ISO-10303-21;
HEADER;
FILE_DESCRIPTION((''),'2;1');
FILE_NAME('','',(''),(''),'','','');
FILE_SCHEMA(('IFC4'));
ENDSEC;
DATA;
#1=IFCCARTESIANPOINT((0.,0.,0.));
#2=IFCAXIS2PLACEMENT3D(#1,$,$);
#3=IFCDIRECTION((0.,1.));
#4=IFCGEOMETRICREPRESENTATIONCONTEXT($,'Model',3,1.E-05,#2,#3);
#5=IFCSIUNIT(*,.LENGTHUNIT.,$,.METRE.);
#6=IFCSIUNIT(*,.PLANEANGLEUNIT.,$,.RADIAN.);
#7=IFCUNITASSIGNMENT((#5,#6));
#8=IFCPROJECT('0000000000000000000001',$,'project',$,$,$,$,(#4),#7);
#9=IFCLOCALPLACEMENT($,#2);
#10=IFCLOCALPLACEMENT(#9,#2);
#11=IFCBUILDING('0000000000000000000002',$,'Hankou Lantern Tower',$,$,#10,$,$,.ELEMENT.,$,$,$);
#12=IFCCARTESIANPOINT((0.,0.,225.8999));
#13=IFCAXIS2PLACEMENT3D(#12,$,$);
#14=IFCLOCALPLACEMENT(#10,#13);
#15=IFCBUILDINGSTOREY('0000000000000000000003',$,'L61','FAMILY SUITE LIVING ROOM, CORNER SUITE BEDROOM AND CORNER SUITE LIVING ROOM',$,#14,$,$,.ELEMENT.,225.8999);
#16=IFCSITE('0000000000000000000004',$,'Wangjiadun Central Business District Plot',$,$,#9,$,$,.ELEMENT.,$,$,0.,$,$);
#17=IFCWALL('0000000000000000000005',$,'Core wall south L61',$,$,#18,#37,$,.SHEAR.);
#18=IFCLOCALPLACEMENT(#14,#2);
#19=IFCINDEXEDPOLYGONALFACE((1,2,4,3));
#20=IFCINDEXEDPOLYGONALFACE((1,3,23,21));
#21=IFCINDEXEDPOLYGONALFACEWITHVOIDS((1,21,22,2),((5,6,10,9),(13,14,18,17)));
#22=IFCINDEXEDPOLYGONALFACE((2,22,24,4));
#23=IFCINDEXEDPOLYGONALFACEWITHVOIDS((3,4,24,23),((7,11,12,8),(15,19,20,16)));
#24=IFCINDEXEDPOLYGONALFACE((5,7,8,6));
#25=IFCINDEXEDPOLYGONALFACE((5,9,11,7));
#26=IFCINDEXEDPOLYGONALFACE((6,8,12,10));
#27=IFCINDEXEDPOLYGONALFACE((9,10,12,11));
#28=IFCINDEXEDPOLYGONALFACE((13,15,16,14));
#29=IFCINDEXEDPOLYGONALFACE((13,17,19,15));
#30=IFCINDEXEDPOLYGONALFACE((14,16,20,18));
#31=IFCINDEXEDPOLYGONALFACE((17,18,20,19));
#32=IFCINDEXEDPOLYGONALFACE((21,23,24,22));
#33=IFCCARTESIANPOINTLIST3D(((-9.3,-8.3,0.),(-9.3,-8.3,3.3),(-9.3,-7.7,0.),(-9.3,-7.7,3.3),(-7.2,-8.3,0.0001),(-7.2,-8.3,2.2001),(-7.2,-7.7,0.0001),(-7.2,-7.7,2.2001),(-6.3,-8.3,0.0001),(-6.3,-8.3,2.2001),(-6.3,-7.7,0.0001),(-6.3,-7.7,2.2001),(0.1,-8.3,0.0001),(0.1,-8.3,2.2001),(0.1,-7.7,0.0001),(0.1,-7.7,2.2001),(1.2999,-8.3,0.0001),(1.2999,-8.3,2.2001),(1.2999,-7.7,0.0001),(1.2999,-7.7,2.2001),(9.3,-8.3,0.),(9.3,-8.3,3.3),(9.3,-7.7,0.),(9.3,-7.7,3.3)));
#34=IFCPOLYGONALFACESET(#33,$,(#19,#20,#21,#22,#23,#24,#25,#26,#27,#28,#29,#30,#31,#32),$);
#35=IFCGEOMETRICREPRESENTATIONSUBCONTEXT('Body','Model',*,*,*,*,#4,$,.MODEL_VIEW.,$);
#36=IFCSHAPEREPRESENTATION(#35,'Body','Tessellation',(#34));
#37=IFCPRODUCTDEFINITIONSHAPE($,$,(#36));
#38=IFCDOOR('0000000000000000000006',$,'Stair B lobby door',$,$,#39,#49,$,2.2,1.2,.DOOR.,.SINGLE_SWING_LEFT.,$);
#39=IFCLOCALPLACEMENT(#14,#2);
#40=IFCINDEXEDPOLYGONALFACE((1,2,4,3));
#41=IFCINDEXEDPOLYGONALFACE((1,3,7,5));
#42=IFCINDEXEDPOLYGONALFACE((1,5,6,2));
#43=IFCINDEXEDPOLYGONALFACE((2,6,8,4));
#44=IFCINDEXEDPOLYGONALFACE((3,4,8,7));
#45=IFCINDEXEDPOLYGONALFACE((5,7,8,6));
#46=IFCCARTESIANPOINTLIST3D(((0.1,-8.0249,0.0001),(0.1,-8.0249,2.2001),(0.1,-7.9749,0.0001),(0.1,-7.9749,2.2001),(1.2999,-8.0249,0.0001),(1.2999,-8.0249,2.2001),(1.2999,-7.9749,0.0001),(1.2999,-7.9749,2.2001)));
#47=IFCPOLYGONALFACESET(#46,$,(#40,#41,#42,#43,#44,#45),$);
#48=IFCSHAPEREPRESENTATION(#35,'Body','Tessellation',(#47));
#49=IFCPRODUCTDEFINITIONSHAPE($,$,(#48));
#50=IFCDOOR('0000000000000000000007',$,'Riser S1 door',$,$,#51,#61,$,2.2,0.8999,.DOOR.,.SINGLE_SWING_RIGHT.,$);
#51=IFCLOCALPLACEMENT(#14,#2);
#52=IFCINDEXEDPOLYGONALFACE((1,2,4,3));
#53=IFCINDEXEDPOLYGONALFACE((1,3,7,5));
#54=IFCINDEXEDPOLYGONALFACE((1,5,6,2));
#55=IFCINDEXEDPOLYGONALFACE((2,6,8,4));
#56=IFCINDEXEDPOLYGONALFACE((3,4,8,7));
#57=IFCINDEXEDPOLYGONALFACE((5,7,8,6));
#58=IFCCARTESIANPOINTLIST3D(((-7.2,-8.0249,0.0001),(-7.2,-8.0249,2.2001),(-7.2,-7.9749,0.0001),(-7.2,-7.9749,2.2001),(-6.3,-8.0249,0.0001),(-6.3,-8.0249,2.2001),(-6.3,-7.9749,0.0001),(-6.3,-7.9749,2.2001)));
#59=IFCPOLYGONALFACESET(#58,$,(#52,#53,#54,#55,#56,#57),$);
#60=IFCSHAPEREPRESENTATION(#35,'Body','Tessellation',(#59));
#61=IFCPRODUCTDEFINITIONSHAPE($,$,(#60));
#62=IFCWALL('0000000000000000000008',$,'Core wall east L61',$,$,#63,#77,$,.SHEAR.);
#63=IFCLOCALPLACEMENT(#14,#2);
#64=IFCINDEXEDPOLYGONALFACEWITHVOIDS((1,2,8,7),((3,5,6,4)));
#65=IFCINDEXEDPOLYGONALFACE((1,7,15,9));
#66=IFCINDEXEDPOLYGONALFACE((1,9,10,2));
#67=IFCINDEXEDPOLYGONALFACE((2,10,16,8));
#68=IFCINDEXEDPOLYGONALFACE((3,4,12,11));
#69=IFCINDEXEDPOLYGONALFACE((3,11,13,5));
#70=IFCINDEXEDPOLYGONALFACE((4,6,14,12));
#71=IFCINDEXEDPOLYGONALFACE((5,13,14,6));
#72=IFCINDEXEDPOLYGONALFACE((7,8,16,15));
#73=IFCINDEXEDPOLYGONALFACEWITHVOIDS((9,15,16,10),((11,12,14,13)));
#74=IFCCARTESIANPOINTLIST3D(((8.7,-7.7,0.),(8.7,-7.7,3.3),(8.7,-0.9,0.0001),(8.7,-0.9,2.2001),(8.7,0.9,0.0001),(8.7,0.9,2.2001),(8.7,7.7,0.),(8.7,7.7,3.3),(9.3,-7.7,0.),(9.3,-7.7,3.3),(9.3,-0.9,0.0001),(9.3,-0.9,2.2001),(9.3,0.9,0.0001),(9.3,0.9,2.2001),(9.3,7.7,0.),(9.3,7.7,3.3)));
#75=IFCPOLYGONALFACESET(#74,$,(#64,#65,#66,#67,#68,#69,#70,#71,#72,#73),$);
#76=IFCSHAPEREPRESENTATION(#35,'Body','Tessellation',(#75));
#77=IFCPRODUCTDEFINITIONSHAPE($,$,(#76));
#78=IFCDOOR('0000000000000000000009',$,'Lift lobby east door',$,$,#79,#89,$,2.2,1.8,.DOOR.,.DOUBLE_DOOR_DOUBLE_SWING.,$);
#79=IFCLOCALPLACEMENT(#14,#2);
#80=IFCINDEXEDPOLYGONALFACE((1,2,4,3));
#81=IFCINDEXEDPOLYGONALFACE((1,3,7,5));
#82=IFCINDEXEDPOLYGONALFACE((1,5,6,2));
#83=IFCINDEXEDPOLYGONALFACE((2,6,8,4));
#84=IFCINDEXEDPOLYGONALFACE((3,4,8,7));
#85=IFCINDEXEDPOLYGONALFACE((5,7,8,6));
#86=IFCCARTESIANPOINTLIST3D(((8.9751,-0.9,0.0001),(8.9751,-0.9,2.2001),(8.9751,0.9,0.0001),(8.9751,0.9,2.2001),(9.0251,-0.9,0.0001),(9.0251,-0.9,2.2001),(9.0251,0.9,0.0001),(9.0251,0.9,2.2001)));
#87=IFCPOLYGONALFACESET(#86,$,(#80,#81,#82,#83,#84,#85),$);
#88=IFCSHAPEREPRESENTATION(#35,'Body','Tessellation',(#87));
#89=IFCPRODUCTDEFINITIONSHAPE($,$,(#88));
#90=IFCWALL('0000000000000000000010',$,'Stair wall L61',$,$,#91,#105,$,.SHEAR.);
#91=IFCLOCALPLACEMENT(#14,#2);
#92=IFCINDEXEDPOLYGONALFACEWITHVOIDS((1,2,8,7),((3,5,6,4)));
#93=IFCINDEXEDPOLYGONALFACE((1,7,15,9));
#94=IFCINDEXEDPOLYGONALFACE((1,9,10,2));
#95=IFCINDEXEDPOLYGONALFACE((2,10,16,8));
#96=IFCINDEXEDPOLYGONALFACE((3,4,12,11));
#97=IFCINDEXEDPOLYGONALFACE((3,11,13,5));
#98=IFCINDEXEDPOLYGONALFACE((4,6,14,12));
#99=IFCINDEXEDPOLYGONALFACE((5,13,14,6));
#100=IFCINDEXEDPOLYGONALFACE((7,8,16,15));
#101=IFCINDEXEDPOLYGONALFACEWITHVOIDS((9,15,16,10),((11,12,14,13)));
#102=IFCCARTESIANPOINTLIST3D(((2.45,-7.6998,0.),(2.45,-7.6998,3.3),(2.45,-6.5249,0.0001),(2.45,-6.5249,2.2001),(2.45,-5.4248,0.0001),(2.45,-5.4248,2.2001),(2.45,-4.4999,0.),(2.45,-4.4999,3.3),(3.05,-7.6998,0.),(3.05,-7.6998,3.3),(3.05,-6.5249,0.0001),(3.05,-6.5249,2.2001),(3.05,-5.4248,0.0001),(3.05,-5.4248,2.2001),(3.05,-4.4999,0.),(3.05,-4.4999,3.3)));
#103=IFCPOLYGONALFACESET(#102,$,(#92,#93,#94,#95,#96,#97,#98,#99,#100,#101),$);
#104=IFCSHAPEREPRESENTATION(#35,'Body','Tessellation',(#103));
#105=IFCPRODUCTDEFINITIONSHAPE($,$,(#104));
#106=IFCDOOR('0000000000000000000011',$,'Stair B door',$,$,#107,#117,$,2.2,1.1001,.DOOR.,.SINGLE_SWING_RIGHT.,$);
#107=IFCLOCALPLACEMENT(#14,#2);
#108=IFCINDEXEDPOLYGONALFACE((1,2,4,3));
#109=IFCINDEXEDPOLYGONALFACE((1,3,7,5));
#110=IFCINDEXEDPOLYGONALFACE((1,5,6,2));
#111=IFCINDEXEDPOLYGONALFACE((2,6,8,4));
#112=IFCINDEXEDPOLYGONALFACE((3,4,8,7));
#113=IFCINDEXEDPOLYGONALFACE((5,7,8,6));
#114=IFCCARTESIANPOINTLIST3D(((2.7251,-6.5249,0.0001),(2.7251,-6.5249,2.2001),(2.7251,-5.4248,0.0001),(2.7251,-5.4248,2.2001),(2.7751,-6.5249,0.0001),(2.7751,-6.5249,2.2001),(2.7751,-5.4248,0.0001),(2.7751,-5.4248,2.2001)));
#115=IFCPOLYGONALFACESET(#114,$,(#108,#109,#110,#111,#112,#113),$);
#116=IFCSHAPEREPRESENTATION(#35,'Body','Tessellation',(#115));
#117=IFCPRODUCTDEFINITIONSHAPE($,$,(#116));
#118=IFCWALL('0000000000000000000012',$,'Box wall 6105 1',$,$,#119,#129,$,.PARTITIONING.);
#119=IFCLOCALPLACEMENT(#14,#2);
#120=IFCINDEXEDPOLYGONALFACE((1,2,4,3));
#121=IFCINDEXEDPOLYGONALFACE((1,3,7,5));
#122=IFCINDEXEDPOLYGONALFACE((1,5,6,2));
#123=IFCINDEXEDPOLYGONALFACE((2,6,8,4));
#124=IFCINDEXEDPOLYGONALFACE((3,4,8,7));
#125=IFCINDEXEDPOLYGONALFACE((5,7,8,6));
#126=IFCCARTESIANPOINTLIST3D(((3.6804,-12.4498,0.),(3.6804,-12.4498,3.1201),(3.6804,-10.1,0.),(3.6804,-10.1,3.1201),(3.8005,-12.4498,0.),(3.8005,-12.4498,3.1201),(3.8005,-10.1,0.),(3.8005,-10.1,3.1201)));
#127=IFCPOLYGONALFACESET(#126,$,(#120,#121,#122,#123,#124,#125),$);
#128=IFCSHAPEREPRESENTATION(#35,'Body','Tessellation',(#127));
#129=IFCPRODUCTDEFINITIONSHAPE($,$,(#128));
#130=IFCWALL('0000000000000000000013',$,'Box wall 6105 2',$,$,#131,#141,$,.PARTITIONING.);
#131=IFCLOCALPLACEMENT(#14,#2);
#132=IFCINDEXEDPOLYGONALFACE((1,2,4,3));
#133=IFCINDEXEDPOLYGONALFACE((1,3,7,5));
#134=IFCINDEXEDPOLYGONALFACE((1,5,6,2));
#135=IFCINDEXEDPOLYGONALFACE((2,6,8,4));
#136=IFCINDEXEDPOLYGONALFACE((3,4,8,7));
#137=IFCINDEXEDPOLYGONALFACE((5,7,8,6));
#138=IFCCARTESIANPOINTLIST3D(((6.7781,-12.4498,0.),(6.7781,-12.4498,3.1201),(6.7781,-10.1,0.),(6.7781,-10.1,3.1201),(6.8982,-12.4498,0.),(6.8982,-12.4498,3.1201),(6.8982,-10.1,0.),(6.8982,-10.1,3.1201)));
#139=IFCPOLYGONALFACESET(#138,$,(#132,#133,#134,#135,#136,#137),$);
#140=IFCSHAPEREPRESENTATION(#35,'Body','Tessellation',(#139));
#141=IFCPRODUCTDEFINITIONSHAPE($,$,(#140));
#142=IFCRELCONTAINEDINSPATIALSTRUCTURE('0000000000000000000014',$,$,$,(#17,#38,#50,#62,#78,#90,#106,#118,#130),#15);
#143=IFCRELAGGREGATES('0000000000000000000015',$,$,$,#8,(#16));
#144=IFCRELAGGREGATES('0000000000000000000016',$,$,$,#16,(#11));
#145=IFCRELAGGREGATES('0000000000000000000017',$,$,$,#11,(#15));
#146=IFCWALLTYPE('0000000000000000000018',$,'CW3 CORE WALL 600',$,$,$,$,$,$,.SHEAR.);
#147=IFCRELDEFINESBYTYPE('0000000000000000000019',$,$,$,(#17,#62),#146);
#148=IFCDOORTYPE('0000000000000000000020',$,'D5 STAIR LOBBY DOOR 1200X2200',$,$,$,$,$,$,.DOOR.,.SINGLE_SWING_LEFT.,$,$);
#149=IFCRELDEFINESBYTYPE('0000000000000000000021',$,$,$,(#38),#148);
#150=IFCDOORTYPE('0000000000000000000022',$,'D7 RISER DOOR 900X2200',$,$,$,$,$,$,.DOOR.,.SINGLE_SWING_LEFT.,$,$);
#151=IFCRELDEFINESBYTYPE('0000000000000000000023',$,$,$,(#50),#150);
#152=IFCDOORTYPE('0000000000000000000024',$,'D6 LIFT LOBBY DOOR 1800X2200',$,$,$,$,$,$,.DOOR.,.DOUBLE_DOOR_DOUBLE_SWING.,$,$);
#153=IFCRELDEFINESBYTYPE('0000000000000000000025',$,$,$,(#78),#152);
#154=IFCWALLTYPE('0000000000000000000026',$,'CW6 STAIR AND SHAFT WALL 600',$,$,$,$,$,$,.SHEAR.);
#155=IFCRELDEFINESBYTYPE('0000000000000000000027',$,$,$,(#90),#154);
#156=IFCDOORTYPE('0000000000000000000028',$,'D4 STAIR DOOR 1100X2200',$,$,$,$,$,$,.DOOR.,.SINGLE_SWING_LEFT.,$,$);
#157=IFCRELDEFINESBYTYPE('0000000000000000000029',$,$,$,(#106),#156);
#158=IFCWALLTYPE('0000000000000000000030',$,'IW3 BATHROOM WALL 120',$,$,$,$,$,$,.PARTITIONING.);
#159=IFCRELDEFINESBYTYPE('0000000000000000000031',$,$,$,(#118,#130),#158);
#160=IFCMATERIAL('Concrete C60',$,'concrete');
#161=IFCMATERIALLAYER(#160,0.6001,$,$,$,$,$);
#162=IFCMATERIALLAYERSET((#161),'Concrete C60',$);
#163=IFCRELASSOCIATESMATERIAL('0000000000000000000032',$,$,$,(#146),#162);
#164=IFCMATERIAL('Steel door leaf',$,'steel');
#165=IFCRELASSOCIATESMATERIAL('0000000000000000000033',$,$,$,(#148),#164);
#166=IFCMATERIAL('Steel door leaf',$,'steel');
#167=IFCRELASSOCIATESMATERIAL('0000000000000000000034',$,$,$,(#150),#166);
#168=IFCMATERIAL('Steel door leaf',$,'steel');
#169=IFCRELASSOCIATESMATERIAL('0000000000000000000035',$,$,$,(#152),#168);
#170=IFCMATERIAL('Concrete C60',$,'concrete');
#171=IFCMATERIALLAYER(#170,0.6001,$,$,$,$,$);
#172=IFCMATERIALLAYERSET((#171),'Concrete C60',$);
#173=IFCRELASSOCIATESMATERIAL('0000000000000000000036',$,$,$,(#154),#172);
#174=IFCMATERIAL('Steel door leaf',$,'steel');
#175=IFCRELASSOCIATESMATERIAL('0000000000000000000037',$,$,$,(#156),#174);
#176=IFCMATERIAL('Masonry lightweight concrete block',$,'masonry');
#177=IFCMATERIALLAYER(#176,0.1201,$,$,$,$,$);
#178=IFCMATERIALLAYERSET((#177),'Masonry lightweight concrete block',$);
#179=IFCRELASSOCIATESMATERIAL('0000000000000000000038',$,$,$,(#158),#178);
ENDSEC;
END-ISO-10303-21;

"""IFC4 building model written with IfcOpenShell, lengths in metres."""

from ifc_helpers import new_model, si_unit, direction, frame, frame_2d, origin, place, context, subcontext, project, spatial, rectangle, extrude, material, layer, layer_set, type_object, element, fill, save


model = new_model("IFC4")

# Units and contexts
model_context = context("Model", 3, precision=1e-05, world=origin(), true_north=direction((0.0, 1.0)))
body_context = subcontext(model_context, "Body", "Model", "MODEL_VIEW")
ifc_project = project(units=[si_unit("LENGTHUNIT", "METRE"), si_unit("PLANEANGLEUNIT", "RADIAN")], contexts=[model_context])

# Site, building, storey
site_placement = place(None, origin())
site = spatial("IfcSite", under=ifc_project, at=site_placement, Name="Wangjiadun Central Business District Plot", CompositionType="ELEMENT", RefElevation=0.0)
building_placement = place(site_placement, origin())
building = spatial("IfcBuilding", under=site, at=building_placement, Name="Hankou Lantern Tower", CompositionType="ELEMENT")
storey_placement = place(building_placement, frame((0.0, 0.0, 225.8999)))
storey = spatial("IfcBuildingStorey", under=building, at=storey_placement, Name="L61", Description="FAMILY SUITE LIVING ROOM, CORNER SUITE BEDROOM AND CORNER SUITE LIVING ROOM", CompositionType="ELEMENT", Elevation=225.8999)

# Wall, openings, doors
ifc_material_1 = material(Name="Concrete C60", Category="concrete")
ifc_layer_1 = layer(ifc_material_1, 0.6001)
ifc_layer_set_1 = layer_set([ifc_layer_1], Name="Concrete C60")
wall_type_1 = type_object("IfcWallType", Name="CW3 CORE WALL 600", PredefinedType="SHEAR", material=ifc_layer_set_1)
wall_1_placement = place(storey_placement, frame((9.3, -8.0, 0.0), z_axis=(0.0, 0.0, 1.0), x_axis=(-1.0, 0.0, 0.0)))
wall_1 = element("IfcWall", 1, at=wall_1_placement, inside=storey, type_object=wall_type_1, Name="Core wall south L61", PredefinedType="SHEAR", context=body_context, shape_type="SweptSolid", body=[
    extrude(rectangle(XDim=18.6001, YDim=0.6001, at=frame_2d((9.3, 0.0))), origin(), (0.0, 0.0, 1.0), 3.3),
])
opening_1_placement = place(wall_1_placement, frame((8.0, 0.0, 0.0)))
opening_1 = element("IfcOpeningElement", 2, at=opening_1_placement, cuts=wall_1, PredefinedType="OPENING", context=body_context, shape_type="SweptSolid", body=[
    extrude(rectangle(XDim=1.2, YDim=2.2, at=frame_2d((0.6001, 1.1001))), frame((0.0, 0.3101, 0.0), z_axis=(0.0, -1.0, 0.0), x_axis=(1.0, 0.0, 0.0)), (0.0, 0.0, 1.0), 0.6201),
])
opening_2_placement = place(wall_1_placement, frame((15.6001, 0.0, 0.0)))
opening_2 = element("IfcOpeningElement", 3, at=opening_2_placement, cuts=wall_1, PredefinedType="OPENING", context=body_context, shape_type="SweptSolid", body=[
    extrude(rectangle(XDim=0.8999, YDim=2.2, at=frame_2d((0.45, 1.1001))), frame((0.0, 0.3101, 0.0), z_axis=(0.0, -1.0, 0.0), x_axis=(1.0, 0.0, 0.0)), (0.0, 0.0, 1.0), 0.6201),
])
ifc_material_2 = material(Name="Steel door leaf", Category="steel")
door_type_1 = type_object("IfcDoorType", Name="D5 STAIR LOBBY DOOR 1200X2200", OperationType="SINGLE_SWING_LEFT", PredefinedType="DOOR", material=ifc_material_2)
door_1_placement = place(opening_1_placement, origin())
door_1 = element("IfcDoor", 4, at=door_1_placement, inside=storey, type_object=door_type_1, Name="Stair B lobby door", OperationType="SINGLE_SWING_LEFT", OverallHeight=2.2, OverallWidth=1.2, PredefinedType="DOOR", context=body_context, shape_type="SweptSolid", body=[
    extrude(rectangle(XDim=1.2, YDim=2.2, at=frame_2d((0.6001, 1.1001))), frame((0.0, 0.0249, 0.0), z_axis=(0.0, -1.0, 0.0), x_axis=(1.0, 0.0, 0.0)), (0.0, 0.0, 1.0), 0.05),
])
fill(opening_1, door_1)
ifc_material_3 = material(Name="Steel door leaf", Category="steel")
door_type_2 = type_object("IfcDoorType", Name="D7 RISER DOOR 900X2200", OperationType="SINGLE_SWING_LEFT", PredefinedType="DOOR", material=ifc_material_3)
door_2_placement = place(opening_2_placement, origin())
door_2 = element("IfcDoor", 5, at=door_2_placement, inside=storey, type_object=door_type_2, Name="Riser S1 door", OperationType="SINGLE_SWING_RIGHT", OverallHeight=2.2, OverallWidth=0.8999, PredefinedType="DOOR", context=body_context, shape_type="SweptSolid", body=[
    extrude(rectangle(XDim=0.8999, YDim=2.2, at=frame_2d((0.45, 1.1001))), frame((0.0, 0.0249, 0.0), z_axis=(0.0, -1.0, 0.0), x_axis=(1.0, 0.0, 0.0)), (0.0, 0.0, 1.0), 0.05),
])
fill(opening_2, door_2)

# Walls, openings, doors
wall_2_placement = place(storey_placement, frame((9.0, -7.7, 0.0), z_axis=(0.0, 0.0, 1.0), x_axis=(0.0, 1.0, 0.0)))
wall_2 = element("IfcWall", 6, at=wall_2_placement, inside=storey, type_object=wall_type_1, Name="Core wall east L61", PredefinedType="SHEAR", context=body_context, shape_type="SweptSolid", body=[
    extrude(rectangle(XDim=15.3999, YDim=0.6001, at=frame_2d((7.7, 0.0))), origin(), (0.0, 0.0, 1.0), 3.3),
])
opening_3_placement = place(wall_2_placement, frame((6.8, 0.0, 0.0)))
opening_3 = element("IfcOpeningElement", 7, at=opening_3_placement, cuts=wall_2, PredefinedType="OPENING", context=body_context, shape_type="SweptSolid", body=[
    extrude(rectangle(XDim=1.8, YDim=2.2, at=frame_2d((0.8999, 1.1001))), frame((0.0, 0.3101, 0.0), z_axis=(0.0, -1.0, 0.0), x_axis=(1.0, 0.0, 0.0)), (0.0, 0.0, 1.0), 0.6201),
])
ifc_material_4 = material(Name="Steel door leaf", Category="steel")
door_type_3 = type_object("IfcDoorType", Name="D6 LIFT LOBBY DOOR 1800X2200", OperationType="DOUBLE_DOOR_DOUBLE_SWING", PredefinedType="DOOR", material=ifc_material_4)
door_3_placement = place(opening_3_placement, origin())
door_3 = element("IfcDoor", 8, at=door_3_placement, inside=storey, type_object=door_type_3, Name="Lift lobby east door", OperationType="DOUBLE_DOOR_DOUBLE_SWING", OverallHeight=2.2, OverallWidth=1.8, PredefinedType="DOOR", context=body_context, shape_type="SweptSolid", body=[
    extrude(rectangle(XDim=1.8, YDim=2.2, at=frame_2d((0.8999, 1.1001))), frame((0.0, 0.0249, 0.0), z_axis=(0.0, -1.0, 0.0), x_axis=(1.0, 0.0, 0.0)), (0.0, 0.0, 1.0), 0.05),
])
fill(opening_3, door_3)
ifc_material_5 = material(Name="Concrete C60", Category="concrete")
ifc_layer_2 = layer(ifc_material_5, 0.6001)
ifc_layer_set_2 = layer_set([ifc_layer_2], Name="Concrete C60")
wall_type_2 = type_object("IfcWallType", Name="CW6 STAIR AND SHAFT WALL 600", PredefinedType="SHEAR", material=ifc_layer_set_2)
wall_3_placement = place(storey_placement, frame((2.75, -7.7, 0.0), z_axis=(0.0, 0.0, 1.0), x_axis=(0.0, 1.0, 0.0)))
wall_3 = element("IfcWall", 9, at=wall_3_placement, inside=storey, type_object=wall_type_2, Name="Stair wall L61", PredefinedType="SHEAR", context=body_context, shape_type="SweptSolid", body=[
    extrude(rectangle(XDim=3.2, YDim=0.6001, at=frame_2d((1.6001, 0.0))), origin(), (0.0, 0.0, 1.0), 3.3),
])
opening_4_placement = place(wall_3_placement, frame((1.175, 0.0, 0.0)))
opening_4 = element("IfcOpeningElement", 10, at=opening_4_placement, cuts=wall_3, PredefinedType="OPENING", context=body_context, shape_type="SweptSolid", body=[
    extrude(rectangle(XDim=1.1001, YDim=2.2, at=frame_2d((0.55, 1.1001))), frame((0.0, 0.3101, 0.0), z_axis=(0.0, -1.0, 0.0), x_axis=(1.0, 0.0, 0.0)), (0.0, 0.0, 1.0), 0.6201),
])
ifc_material_6 = material(Name="Steel door leaf", Category="steel")
door_type_4 = type_object("IfcDoorType", Name="D4 STAIR DOOR 1100X2200", OperationType="SINGLE_SWING_LEFT", PredefinedType="DOOR", material=ifc_material_6)
door_4_placement = place(opening_4_placement, origin())
door_4 = element("IfcDoor", 11, at=door_4_placement, inside=storey, type_object=door_type_4, Name="Stair B door", OperationType="SINGLE_SWING_RIGHT", OverallHeight=2.2, OverallWidth=1.1001, PredefinedType="DOOR", context=body_context, shape_type="SweptSolid", body=[
    extrude(rectangle(XDim=1.1001, YDim=2.2, at=frame_2d((0.55, 1.1001))), frame((0.0, 0.0249, 0.0), z_axis=(0.0, -1.0, 0.0), x_axis=(1.0, 0.0, 0.0)), (0.0, 0.0, 1.0), 0.05),
])
fill(opening_4, door_4)

# Walls
ifc_material_7 = material(Name="Masonry lightweight concrete block", Category="masonry")
ifc_layer_3 = layer(ifc_material_7, 0.1201)
ifc_layer_set_3 = layer_set([ifc_layer_3], Name="Masonry lightweight concrete block")
wall_type_3 = type_object("IfcWallType", Name="IW3 BATHROOM WALL 120", PredefinedType="PARTITIONING", material=ifc_layer_set_3)
for number, where, z_axis, x_axis, name in (
    (12, (3.7405, -10.1001, 0.0), (0.0, 0.0, 1.0), (0.0, -1.0, 0.0), "Box wall 6105 1"),
    (13, (6.8381, -10.1001, 0.0), (0.0, 0.0, 1.0), (0.0, -1.0, 0.0), "Box wall 6105 2"),
):
    element("IfcWall", number, at=place(storey_placement, frame(where, z_axis=z_axis, x_axis=x_axis)), inside=storey, type_object=wall_type_3, Name=name, PredefinedType="PARTITIONING", context=body_context, shape_type="SweptSolid", body=[
        extrude(rectangle(XDim=2.3499, YDim=0.1201, at=frame_2d((1.1748, 0.0))), origin(), (0.0, 0.0, 1.0), 3.1201),
    ])

save(model, "model.ifc")
